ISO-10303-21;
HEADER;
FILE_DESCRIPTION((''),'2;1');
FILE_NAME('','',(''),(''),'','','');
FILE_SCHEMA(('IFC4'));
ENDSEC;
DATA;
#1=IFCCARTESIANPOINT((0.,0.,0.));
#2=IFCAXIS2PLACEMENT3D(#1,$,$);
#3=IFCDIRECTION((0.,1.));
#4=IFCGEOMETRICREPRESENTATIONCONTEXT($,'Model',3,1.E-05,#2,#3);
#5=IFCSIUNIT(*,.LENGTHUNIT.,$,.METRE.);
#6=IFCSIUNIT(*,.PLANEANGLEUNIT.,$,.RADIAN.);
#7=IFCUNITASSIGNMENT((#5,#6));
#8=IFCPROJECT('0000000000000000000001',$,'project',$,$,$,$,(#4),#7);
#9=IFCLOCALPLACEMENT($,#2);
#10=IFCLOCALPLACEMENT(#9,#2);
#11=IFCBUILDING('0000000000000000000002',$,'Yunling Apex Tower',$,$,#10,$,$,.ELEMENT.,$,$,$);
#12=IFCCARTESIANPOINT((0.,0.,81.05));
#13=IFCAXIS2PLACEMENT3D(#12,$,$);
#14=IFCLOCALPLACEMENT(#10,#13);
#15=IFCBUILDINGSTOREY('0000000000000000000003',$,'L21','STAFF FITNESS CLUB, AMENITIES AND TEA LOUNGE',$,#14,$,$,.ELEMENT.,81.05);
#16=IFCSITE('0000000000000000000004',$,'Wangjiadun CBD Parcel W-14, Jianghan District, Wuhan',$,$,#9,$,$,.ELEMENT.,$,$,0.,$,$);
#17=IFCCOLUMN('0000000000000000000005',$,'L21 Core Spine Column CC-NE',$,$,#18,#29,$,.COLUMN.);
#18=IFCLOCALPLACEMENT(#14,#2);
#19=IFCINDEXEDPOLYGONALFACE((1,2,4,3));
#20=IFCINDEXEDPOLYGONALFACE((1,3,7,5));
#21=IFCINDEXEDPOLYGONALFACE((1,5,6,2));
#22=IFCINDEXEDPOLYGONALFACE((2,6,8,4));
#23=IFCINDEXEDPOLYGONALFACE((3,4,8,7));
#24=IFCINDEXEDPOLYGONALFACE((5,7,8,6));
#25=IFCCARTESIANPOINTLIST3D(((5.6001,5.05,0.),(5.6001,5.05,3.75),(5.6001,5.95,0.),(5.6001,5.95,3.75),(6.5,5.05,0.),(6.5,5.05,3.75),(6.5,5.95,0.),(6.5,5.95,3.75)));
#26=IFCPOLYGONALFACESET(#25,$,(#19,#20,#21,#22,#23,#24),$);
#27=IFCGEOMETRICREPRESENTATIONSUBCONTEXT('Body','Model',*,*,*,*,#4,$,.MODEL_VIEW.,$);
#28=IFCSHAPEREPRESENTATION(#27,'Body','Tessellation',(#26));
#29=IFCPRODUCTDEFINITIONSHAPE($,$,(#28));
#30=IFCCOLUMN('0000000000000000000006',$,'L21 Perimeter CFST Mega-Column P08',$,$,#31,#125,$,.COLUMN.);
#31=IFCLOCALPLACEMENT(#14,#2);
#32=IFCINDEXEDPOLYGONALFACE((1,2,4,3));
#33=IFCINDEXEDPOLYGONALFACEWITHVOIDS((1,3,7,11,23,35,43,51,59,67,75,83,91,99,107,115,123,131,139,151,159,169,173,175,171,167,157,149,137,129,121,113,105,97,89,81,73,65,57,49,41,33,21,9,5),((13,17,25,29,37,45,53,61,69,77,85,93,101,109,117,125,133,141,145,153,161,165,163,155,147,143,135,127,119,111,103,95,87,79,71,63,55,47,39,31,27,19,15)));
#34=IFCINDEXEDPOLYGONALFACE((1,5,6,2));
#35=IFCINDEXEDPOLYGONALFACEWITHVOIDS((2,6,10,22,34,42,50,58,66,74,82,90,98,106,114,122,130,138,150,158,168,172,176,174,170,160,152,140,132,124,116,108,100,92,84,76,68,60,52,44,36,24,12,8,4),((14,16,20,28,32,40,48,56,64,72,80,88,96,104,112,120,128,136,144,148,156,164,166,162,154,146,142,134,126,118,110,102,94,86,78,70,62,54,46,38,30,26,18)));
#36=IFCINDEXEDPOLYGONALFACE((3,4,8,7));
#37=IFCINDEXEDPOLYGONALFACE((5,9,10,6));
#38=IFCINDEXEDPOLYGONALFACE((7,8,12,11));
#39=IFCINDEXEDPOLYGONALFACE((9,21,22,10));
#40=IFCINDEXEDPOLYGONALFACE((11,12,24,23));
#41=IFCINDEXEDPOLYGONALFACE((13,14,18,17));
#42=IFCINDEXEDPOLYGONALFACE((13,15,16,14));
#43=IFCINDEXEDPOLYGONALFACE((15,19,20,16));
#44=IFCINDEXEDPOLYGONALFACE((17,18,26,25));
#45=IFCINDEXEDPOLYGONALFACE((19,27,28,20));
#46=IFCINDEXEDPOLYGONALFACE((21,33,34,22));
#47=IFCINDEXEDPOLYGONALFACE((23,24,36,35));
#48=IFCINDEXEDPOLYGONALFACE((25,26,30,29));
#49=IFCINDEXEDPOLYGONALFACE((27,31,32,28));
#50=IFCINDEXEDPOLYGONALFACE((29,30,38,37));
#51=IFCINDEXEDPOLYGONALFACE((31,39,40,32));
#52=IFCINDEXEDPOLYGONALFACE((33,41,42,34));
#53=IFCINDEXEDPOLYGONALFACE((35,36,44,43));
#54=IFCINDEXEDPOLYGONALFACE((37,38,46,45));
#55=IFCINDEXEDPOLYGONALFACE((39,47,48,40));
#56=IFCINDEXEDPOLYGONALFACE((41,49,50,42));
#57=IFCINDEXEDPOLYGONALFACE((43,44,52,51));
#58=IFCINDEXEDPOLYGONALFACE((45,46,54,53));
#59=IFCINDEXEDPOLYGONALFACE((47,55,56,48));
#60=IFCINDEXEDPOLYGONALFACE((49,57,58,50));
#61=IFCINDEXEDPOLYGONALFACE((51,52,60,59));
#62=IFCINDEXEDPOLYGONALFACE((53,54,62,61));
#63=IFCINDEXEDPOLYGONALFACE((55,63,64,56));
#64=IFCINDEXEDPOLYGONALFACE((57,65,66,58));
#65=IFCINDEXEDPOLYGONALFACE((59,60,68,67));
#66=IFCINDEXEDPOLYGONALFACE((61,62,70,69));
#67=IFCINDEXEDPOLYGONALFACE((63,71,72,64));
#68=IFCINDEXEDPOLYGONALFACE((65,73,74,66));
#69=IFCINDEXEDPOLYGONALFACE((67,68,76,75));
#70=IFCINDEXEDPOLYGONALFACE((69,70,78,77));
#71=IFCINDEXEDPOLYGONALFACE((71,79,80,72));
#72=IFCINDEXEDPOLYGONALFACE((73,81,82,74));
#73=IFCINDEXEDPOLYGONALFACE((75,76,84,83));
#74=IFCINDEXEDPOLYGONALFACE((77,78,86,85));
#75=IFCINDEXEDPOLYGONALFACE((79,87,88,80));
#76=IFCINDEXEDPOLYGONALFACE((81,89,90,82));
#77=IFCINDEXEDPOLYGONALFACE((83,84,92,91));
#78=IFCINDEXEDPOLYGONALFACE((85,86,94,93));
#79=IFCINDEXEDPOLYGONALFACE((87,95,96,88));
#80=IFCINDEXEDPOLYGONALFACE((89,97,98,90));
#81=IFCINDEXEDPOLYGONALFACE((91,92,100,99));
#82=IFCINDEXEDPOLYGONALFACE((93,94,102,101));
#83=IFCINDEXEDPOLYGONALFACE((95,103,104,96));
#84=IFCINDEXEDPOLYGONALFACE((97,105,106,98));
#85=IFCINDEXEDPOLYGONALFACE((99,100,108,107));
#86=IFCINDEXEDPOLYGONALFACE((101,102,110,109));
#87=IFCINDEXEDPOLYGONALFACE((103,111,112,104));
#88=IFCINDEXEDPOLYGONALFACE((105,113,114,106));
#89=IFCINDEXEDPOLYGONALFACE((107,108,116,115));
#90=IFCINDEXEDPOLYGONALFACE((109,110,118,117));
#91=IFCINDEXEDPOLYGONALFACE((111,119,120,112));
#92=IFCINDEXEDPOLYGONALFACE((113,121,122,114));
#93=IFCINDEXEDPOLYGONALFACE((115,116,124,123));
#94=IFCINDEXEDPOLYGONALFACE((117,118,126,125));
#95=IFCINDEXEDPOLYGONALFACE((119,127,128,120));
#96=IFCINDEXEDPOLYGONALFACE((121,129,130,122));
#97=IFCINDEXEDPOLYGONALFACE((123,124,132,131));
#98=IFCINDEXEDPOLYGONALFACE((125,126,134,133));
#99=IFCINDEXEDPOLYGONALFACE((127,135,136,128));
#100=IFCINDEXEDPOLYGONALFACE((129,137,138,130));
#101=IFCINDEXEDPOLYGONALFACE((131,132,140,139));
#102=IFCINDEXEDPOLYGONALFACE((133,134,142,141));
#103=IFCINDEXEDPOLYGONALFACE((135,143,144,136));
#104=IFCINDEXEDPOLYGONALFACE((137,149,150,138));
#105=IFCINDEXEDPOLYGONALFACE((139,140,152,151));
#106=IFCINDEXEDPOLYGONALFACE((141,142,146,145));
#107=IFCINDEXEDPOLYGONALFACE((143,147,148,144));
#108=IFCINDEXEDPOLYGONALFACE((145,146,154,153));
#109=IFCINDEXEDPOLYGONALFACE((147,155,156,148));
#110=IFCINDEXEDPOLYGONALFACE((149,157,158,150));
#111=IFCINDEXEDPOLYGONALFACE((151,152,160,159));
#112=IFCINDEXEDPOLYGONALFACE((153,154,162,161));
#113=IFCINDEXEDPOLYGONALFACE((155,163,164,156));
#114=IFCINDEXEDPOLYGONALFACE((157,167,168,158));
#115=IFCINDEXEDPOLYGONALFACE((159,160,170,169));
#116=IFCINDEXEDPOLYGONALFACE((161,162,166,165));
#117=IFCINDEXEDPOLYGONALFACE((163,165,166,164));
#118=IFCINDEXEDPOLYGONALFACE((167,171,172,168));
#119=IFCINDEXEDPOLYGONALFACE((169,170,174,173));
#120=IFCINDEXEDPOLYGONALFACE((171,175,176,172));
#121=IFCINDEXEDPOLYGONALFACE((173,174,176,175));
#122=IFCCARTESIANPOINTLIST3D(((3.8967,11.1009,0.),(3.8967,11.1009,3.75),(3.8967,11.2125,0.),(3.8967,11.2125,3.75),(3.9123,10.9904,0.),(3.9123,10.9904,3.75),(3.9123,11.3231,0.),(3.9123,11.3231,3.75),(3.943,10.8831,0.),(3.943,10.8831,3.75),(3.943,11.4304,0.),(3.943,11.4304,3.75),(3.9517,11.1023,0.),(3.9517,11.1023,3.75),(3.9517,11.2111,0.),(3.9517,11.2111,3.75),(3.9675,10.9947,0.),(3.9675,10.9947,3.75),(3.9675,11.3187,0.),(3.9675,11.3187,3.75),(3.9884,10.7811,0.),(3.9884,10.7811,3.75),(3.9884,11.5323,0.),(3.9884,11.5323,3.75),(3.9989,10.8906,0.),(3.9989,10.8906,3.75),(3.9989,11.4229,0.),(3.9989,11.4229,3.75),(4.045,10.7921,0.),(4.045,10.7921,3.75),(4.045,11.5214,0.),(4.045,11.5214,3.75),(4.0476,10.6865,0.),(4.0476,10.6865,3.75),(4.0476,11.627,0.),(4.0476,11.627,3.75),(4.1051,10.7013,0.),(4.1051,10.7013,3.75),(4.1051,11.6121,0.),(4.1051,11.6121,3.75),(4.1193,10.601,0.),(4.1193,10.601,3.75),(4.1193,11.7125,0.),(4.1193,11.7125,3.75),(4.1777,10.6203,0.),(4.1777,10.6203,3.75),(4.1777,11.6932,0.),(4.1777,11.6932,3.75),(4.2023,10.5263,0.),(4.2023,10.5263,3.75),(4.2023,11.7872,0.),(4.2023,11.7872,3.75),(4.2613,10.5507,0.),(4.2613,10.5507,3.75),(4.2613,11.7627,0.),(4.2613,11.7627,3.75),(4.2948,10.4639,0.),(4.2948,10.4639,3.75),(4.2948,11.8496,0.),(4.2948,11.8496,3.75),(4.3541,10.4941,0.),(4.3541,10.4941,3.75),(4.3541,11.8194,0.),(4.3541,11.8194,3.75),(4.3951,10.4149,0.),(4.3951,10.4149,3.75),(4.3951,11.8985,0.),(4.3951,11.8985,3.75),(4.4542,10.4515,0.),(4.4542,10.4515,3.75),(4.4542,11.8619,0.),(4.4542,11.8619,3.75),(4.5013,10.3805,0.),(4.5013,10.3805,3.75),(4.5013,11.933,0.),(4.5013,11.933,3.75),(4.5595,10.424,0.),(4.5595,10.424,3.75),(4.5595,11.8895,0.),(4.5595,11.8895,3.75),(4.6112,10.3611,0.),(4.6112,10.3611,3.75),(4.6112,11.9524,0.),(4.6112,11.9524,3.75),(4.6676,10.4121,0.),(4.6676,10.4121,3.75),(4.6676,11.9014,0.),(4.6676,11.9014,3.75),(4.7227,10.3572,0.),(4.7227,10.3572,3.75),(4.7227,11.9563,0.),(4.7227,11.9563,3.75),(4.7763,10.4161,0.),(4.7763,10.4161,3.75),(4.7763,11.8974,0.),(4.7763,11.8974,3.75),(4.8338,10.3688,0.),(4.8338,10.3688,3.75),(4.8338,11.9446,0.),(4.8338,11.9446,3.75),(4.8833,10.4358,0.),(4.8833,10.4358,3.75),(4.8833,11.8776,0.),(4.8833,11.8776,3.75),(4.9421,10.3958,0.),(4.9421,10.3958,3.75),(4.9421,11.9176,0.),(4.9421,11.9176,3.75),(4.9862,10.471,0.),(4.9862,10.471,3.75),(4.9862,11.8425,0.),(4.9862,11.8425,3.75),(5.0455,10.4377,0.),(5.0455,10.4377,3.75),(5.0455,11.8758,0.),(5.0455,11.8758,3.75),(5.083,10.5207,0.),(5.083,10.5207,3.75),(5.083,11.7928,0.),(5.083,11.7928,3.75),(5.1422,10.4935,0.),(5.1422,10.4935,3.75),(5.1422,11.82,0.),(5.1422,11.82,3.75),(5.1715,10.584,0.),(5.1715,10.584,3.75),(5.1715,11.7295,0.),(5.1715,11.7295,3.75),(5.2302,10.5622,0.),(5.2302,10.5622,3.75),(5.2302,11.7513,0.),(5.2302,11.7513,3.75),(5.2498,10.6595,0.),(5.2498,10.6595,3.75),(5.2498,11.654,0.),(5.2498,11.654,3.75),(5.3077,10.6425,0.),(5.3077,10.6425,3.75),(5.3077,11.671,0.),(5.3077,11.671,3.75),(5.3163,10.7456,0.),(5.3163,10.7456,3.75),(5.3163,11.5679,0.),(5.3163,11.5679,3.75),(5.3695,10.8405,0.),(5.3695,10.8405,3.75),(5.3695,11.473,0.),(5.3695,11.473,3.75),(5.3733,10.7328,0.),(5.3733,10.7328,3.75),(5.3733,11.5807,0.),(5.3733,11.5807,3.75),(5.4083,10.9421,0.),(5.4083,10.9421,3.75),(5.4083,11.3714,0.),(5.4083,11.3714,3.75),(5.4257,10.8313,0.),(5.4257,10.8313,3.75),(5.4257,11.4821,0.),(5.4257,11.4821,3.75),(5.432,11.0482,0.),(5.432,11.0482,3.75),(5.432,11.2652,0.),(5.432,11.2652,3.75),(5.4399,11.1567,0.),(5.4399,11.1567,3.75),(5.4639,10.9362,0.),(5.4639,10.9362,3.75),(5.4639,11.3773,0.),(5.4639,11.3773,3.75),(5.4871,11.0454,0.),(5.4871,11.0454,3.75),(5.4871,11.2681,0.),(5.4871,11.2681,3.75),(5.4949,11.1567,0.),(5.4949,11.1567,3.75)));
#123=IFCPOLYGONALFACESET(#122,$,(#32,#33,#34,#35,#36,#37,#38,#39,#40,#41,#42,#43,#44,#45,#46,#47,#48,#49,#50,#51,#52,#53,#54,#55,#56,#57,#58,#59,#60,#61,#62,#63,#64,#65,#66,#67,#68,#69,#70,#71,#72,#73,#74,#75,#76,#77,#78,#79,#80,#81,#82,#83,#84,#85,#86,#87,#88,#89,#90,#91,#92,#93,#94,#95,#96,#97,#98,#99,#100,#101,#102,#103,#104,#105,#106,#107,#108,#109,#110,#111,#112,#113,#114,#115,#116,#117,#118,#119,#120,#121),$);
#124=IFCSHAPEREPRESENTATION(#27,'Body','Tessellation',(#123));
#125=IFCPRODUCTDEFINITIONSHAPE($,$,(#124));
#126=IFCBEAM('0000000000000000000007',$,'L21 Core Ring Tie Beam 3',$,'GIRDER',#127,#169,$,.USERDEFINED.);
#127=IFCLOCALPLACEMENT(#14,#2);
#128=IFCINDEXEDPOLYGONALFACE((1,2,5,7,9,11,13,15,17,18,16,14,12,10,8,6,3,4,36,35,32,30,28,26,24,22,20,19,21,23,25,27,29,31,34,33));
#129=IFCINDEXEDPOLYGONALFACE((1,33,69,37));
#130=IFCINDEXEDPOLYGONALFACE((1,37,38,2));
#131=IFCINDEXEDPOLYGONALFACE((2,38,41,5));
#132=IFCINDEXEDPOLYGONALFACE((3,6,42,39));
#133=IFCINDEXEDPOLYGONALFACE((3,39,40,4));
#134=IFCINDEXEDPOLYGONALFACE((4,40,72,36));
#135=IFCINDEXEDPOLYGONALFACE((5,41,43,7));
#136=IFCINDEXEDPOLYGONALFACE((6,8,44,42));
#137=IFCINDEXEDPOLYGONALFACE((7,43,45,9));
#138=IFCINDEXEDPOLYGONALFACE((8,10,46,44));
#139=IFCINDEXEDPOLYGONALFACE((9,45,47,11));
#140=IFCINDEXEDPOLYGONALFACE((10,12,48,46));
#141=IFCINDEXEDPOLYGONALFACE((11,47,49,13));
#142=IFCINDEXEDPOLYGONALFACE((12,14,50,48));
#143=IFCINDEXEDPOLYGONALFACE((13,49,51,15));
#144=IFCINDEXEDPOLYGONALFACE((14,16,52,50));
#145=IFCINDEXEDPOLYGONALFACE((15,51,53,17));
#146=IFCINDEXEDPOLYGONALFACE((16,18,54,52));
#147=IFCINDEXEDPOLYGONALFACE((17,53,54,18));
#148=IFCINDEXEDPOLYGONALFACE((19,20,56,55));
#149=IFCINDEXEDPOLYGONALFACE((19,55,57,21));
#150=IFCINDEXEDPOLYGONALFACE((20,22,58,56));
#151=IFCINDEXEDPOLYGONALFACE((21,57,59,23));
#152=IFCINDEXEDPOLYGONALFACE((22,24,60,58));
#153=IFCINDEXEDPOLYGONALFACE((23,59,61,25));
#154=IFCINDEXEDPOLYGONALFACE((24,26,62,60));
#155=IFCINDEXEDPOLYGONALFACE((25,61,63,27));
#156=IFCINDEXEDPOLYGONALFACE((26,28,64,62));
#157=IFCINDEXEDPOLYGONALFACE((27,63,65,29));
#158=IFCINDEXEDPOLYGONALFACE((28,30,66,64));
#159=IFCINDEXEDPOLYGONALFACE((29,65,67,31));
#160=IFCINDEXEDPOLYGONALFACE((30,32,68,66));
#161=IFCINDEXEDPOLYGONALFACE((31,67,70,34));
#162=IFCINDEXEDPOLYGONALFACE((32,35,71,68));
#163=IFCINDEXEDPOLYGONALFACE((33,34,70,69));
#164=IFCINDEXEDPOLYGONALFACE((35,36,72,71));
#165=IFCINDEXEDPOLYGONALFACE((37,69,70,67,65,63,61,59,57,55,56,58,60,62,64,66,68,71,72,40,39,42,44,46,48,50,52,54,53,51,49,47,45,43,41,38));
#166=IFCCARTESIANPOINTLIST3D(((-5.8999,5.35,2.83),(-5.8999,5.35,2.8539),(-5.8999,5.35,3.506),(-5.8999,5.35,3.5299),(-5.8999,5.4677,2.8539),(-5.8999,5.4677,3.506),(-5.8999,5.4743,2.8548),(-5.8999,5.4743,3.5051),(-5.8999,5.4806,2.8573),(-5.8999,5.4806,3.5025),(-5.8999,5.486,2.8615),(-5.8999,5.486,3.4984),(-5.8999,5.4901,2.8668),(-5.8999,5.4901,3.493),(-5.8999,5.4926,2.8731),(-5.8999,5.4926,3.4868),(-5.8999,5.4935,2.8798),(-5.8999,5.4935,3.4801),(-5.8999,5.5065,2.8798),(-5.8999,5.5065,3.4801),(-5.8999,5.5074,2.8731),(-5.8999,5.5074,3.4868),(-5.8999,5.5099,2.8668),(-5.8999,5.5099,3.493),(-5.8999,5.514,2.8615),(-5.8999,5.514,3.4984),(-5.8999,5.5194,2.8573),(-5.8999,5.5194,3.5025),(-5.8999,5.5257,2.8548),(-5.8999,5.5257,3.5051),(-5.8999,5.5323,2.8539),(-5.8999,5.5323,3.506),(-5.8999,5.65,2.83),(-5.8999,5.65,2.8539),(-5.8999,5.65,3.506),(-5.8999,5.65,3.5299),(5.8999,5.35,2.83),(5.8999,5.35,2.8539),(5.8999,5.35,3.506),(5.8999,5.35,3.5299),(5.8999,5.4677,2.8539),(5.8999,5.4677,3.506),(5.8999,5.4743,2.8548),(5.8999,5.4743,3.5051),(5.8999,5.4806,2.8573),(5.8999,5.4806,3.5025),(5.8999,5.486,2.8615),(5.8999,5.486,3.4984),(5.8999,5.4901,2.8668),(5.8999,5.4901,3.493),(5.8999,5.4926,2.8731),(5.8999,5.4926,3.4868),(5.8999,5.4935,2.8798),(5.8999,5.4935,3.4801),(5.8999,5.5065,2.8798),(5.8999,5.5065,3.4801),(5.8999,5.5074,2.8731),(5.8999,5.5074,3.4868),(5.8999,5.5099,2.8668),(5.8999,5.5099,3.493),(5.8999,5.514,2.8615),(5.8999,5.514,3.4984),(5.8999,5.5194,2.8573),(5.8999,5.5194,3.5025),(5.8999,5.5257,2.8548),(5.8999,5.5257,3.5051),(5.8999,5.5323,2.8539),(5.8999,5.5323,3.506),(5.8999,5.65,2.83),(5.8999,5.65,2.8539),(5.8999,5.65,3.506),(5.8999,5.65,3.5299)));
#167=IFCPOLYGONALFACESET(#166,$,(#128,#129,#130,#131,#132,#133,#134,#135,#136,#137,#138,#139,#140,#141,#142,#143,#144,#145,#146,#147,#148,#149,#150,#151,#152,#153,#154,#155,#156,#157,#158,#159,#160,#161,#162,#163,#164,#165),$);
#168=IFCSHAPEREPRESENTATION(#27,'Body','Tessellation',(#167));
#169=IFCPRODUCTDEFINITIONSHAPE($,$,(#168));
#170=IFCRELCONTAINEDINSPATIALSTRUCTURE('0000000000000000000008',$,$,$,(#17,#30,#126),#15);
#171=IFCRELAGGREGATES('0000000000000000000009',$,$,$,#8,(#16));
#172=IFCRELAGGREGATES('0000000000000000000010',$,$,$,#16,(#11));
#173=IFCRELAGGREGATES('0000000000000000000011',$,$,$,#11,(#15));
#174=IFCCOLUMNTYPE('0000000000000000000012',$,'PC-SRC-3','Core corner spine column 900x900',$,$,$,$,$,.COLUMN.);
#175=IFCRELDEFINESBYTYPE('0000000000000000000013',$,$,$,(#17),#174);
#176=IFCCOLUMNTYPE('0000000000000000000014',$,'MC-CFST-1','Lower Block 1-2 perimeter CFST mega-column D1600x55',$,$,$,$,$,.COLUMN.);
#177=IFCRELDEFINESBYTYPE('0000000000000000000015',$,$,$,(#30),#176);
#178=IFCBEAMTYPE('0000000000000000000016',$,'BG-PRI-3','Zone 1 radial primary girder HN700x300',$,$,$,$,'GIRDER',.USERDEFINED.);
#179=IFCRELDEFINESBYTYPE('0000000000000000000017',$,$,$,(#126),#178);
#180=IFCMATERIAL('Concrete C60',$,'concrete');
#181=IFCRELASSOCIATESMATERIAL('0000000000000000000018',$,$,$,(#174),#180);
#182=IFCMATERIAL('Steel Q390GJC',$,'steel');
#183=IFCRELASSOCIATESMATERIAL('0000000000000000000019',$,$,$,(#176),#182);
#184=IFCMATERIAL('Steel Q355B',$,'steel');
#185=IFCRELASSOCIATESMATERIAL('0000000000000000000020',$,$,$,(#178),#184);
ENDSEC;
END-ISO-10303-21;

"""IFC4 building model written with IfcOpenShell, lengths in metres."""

from ifc_helpers import new_model, si_unit, direction, frame, origin, origin_2d, place, context, subcontext, project, spatial, rectangle, hollow_circle, i_section, extrude, source, transform, mapped, material, material_profile, profile_set, type_object, element, save


model = new_model("IFC4")

# Units and contexts
model_context = context("Model", 3, precision=1e-05, world=origin(), true_north=direction((0.0, 1.0)))
body_context = subcontext(model_context, "Body", "Model", "MODEL_VIEW")
ifc_project = project(units=[si_unit("LENGTHUNIT", "METRE"), si_unit("PLANEANGLEUNIT", "RADIAN")], contexts=[model_context])

# Site, building, storey
site_placement = place(None, origin())
site = spatial("IfcSite", under=ifc_project, at=site_placement, Name="Wangjiadun CBD Parcel W-14, Jianghan District, Wuhan", CompositionType="ELEMENT", RefElevation=0.0)
building_placement = place(site_placement, origin())
building = spatial("IfcBuilding", under=site, at=building_placement, Name="Yunling Apex Tower", CompositionType="ELEMENT")
storey_placement = place(building_placement, frame((0.0, 0.0, 81.05)))
storey = spatial("IfcBuildingStorey", under=building, at=storey_placement, Name="L21", Description="STAFF FITNESS CLUB, AMENITIES AND TEA LOUNGE", CompositionType="ELEMENT", Elevation=81.05)

# Columns
ifc_material_1 = material(Name="Concrete C60", Category="concrete")
ifc_material_profile_1 = material_profile(ifc_material_1, rectangle(XDim=0.8999, YDim=0.8999, at=origin_2d()))
ifc_profile_set_1 = profile_set([ifc_material_profile_1], Name="Concrete C60")
column_type_1 = type_object("IfcColumnType", Name="PC-SRC-3", Description="Core corner spine column 900x900", PredefinedType="COLUMN", material=ifc_profile_set_1)
shared_shape_1 = source(origin(), body_context, "Body", "SweptSolid", [
    extrude(rectangle(XDim=0.8999, YDim=0.8999, at=origin_2d()), origin(), (0.0, 0.0, 1.0), 3.75),
])
column_1_placement = place(storey_placement, frame((6.05, 5.5, 0.0), z_axis=(0.0, 0.0, 1.0), x_axis=(1.0, 0.0, 0.0)))
element("IfcColumn", 1, at=column_1_placement, inside=storey, type_object=column_type_1, Name="L21 Core Spine Column CC-NE", PredefinedType="COLUMN", context=body_context, shape_type="MappedRepresentation", body=[
    mapped(shared_shape_1, transform((0.0, 0.0, 0.0), scale=1.0)),
])
ifc_material_2 = material(Name="Steel Q390GJC", Category="steel")
ifc_material_profile_2 = material_profile(ifc_material_2, hollow_circle(Radius=0.8, WallThickness=0.0549, at=origin_2d()))
ifc_profile_set_2 = profile_set([ifc_material_profile_2], Name="Steel Q390GJC")
column_type_2 = type_object("IfcColumnType", Name="MC-CFST-1", Description="Lower Block 1-2 perimeter CFST mega-column D1600x55", PredefinedType="COLUMN", material=ifc_profile_set_2)
shared_shape_2 = source(origin(), body_context, "Body", "SweptSolid", [
    extrude(hollow_circle(Radius=0.8, WallThickness=0.0549, at=origin_2d()), origin(), (0.0, 0.0, 1.0), 3.75),
])
column_2_placement = place(storey_placement, frame((4.6948, 11.1567, 0.0), z_axis=(0.0, 0.0, 1.0), x_axis=(1.0, 0.0, 0.0)))
element("IfcColumn", 2, at=column_2_placement, inside=storey, type_object=column_type_2, Name="L21 Perimeter CFST Mega-Column P08", PredefinedType="COLUMN", context=body_context, shape_type="MappedRepresentation", body=[
    mapped(shared_shape_2, transform((0.0, 0.0, 0.0), scale=1.0)),
])

# Beam
ifc_material_3 = material(Name="Steel Q355B", Category="steel")
ifc_material_profile_3 = material_profile(ifc_material_3, i_section(OverallWidth=0.3, OverallDepth=0.7, WebThickness=0.0129, FlangeThickness=0.0239, FilletRadius=0.0259, at=origin_2d()))
ifc_profile_set_3 = profile_set([ifc_material_profile_3], Name="Steel Q355B")
beam_type_1 = type_object("IfcBeamType", Name="BG-PRI-3", Description="Zone 1 radial primary girder HN700x300", ElementType="GIRDER", PredefinedType="USERDEFINED", material=ifc_profile_set_3)
shared_shape_3 = source(origin(), body_context, "Body", "SweptSolid", [
    extrude(i_section(OverallWidth=0.3, OverallDepth=0.7, WebThickness=0.0129, FlangeThickness=0.0239, FilletRadius=0.0259, at=origin_2d()), origin(), (0.0, 0.0, 1.0), 11.7998),
])
beam_1_placement = place(storey_placement, frame((5.8999, 5.5, 3.1799), z_axis=(-1.0, 0.0, 0.0), x_axis=(0.0, -1.0, 0.0)))
element("IfcBeam", 3, at=beam_1_placement, inside=storey, type_object=beam_type_1, Name="L21 Core Ring Tie Beam 3", ObjectType="GIRDER", PredefinedType="USERDEFINED", context=body_context, shape_type="MappedRepresentation", body=[
    mapped(shared_shape_3, transform((0.0, 0.0, 0.0), scale=1.0)),
])

save(model, "model.ifc")
